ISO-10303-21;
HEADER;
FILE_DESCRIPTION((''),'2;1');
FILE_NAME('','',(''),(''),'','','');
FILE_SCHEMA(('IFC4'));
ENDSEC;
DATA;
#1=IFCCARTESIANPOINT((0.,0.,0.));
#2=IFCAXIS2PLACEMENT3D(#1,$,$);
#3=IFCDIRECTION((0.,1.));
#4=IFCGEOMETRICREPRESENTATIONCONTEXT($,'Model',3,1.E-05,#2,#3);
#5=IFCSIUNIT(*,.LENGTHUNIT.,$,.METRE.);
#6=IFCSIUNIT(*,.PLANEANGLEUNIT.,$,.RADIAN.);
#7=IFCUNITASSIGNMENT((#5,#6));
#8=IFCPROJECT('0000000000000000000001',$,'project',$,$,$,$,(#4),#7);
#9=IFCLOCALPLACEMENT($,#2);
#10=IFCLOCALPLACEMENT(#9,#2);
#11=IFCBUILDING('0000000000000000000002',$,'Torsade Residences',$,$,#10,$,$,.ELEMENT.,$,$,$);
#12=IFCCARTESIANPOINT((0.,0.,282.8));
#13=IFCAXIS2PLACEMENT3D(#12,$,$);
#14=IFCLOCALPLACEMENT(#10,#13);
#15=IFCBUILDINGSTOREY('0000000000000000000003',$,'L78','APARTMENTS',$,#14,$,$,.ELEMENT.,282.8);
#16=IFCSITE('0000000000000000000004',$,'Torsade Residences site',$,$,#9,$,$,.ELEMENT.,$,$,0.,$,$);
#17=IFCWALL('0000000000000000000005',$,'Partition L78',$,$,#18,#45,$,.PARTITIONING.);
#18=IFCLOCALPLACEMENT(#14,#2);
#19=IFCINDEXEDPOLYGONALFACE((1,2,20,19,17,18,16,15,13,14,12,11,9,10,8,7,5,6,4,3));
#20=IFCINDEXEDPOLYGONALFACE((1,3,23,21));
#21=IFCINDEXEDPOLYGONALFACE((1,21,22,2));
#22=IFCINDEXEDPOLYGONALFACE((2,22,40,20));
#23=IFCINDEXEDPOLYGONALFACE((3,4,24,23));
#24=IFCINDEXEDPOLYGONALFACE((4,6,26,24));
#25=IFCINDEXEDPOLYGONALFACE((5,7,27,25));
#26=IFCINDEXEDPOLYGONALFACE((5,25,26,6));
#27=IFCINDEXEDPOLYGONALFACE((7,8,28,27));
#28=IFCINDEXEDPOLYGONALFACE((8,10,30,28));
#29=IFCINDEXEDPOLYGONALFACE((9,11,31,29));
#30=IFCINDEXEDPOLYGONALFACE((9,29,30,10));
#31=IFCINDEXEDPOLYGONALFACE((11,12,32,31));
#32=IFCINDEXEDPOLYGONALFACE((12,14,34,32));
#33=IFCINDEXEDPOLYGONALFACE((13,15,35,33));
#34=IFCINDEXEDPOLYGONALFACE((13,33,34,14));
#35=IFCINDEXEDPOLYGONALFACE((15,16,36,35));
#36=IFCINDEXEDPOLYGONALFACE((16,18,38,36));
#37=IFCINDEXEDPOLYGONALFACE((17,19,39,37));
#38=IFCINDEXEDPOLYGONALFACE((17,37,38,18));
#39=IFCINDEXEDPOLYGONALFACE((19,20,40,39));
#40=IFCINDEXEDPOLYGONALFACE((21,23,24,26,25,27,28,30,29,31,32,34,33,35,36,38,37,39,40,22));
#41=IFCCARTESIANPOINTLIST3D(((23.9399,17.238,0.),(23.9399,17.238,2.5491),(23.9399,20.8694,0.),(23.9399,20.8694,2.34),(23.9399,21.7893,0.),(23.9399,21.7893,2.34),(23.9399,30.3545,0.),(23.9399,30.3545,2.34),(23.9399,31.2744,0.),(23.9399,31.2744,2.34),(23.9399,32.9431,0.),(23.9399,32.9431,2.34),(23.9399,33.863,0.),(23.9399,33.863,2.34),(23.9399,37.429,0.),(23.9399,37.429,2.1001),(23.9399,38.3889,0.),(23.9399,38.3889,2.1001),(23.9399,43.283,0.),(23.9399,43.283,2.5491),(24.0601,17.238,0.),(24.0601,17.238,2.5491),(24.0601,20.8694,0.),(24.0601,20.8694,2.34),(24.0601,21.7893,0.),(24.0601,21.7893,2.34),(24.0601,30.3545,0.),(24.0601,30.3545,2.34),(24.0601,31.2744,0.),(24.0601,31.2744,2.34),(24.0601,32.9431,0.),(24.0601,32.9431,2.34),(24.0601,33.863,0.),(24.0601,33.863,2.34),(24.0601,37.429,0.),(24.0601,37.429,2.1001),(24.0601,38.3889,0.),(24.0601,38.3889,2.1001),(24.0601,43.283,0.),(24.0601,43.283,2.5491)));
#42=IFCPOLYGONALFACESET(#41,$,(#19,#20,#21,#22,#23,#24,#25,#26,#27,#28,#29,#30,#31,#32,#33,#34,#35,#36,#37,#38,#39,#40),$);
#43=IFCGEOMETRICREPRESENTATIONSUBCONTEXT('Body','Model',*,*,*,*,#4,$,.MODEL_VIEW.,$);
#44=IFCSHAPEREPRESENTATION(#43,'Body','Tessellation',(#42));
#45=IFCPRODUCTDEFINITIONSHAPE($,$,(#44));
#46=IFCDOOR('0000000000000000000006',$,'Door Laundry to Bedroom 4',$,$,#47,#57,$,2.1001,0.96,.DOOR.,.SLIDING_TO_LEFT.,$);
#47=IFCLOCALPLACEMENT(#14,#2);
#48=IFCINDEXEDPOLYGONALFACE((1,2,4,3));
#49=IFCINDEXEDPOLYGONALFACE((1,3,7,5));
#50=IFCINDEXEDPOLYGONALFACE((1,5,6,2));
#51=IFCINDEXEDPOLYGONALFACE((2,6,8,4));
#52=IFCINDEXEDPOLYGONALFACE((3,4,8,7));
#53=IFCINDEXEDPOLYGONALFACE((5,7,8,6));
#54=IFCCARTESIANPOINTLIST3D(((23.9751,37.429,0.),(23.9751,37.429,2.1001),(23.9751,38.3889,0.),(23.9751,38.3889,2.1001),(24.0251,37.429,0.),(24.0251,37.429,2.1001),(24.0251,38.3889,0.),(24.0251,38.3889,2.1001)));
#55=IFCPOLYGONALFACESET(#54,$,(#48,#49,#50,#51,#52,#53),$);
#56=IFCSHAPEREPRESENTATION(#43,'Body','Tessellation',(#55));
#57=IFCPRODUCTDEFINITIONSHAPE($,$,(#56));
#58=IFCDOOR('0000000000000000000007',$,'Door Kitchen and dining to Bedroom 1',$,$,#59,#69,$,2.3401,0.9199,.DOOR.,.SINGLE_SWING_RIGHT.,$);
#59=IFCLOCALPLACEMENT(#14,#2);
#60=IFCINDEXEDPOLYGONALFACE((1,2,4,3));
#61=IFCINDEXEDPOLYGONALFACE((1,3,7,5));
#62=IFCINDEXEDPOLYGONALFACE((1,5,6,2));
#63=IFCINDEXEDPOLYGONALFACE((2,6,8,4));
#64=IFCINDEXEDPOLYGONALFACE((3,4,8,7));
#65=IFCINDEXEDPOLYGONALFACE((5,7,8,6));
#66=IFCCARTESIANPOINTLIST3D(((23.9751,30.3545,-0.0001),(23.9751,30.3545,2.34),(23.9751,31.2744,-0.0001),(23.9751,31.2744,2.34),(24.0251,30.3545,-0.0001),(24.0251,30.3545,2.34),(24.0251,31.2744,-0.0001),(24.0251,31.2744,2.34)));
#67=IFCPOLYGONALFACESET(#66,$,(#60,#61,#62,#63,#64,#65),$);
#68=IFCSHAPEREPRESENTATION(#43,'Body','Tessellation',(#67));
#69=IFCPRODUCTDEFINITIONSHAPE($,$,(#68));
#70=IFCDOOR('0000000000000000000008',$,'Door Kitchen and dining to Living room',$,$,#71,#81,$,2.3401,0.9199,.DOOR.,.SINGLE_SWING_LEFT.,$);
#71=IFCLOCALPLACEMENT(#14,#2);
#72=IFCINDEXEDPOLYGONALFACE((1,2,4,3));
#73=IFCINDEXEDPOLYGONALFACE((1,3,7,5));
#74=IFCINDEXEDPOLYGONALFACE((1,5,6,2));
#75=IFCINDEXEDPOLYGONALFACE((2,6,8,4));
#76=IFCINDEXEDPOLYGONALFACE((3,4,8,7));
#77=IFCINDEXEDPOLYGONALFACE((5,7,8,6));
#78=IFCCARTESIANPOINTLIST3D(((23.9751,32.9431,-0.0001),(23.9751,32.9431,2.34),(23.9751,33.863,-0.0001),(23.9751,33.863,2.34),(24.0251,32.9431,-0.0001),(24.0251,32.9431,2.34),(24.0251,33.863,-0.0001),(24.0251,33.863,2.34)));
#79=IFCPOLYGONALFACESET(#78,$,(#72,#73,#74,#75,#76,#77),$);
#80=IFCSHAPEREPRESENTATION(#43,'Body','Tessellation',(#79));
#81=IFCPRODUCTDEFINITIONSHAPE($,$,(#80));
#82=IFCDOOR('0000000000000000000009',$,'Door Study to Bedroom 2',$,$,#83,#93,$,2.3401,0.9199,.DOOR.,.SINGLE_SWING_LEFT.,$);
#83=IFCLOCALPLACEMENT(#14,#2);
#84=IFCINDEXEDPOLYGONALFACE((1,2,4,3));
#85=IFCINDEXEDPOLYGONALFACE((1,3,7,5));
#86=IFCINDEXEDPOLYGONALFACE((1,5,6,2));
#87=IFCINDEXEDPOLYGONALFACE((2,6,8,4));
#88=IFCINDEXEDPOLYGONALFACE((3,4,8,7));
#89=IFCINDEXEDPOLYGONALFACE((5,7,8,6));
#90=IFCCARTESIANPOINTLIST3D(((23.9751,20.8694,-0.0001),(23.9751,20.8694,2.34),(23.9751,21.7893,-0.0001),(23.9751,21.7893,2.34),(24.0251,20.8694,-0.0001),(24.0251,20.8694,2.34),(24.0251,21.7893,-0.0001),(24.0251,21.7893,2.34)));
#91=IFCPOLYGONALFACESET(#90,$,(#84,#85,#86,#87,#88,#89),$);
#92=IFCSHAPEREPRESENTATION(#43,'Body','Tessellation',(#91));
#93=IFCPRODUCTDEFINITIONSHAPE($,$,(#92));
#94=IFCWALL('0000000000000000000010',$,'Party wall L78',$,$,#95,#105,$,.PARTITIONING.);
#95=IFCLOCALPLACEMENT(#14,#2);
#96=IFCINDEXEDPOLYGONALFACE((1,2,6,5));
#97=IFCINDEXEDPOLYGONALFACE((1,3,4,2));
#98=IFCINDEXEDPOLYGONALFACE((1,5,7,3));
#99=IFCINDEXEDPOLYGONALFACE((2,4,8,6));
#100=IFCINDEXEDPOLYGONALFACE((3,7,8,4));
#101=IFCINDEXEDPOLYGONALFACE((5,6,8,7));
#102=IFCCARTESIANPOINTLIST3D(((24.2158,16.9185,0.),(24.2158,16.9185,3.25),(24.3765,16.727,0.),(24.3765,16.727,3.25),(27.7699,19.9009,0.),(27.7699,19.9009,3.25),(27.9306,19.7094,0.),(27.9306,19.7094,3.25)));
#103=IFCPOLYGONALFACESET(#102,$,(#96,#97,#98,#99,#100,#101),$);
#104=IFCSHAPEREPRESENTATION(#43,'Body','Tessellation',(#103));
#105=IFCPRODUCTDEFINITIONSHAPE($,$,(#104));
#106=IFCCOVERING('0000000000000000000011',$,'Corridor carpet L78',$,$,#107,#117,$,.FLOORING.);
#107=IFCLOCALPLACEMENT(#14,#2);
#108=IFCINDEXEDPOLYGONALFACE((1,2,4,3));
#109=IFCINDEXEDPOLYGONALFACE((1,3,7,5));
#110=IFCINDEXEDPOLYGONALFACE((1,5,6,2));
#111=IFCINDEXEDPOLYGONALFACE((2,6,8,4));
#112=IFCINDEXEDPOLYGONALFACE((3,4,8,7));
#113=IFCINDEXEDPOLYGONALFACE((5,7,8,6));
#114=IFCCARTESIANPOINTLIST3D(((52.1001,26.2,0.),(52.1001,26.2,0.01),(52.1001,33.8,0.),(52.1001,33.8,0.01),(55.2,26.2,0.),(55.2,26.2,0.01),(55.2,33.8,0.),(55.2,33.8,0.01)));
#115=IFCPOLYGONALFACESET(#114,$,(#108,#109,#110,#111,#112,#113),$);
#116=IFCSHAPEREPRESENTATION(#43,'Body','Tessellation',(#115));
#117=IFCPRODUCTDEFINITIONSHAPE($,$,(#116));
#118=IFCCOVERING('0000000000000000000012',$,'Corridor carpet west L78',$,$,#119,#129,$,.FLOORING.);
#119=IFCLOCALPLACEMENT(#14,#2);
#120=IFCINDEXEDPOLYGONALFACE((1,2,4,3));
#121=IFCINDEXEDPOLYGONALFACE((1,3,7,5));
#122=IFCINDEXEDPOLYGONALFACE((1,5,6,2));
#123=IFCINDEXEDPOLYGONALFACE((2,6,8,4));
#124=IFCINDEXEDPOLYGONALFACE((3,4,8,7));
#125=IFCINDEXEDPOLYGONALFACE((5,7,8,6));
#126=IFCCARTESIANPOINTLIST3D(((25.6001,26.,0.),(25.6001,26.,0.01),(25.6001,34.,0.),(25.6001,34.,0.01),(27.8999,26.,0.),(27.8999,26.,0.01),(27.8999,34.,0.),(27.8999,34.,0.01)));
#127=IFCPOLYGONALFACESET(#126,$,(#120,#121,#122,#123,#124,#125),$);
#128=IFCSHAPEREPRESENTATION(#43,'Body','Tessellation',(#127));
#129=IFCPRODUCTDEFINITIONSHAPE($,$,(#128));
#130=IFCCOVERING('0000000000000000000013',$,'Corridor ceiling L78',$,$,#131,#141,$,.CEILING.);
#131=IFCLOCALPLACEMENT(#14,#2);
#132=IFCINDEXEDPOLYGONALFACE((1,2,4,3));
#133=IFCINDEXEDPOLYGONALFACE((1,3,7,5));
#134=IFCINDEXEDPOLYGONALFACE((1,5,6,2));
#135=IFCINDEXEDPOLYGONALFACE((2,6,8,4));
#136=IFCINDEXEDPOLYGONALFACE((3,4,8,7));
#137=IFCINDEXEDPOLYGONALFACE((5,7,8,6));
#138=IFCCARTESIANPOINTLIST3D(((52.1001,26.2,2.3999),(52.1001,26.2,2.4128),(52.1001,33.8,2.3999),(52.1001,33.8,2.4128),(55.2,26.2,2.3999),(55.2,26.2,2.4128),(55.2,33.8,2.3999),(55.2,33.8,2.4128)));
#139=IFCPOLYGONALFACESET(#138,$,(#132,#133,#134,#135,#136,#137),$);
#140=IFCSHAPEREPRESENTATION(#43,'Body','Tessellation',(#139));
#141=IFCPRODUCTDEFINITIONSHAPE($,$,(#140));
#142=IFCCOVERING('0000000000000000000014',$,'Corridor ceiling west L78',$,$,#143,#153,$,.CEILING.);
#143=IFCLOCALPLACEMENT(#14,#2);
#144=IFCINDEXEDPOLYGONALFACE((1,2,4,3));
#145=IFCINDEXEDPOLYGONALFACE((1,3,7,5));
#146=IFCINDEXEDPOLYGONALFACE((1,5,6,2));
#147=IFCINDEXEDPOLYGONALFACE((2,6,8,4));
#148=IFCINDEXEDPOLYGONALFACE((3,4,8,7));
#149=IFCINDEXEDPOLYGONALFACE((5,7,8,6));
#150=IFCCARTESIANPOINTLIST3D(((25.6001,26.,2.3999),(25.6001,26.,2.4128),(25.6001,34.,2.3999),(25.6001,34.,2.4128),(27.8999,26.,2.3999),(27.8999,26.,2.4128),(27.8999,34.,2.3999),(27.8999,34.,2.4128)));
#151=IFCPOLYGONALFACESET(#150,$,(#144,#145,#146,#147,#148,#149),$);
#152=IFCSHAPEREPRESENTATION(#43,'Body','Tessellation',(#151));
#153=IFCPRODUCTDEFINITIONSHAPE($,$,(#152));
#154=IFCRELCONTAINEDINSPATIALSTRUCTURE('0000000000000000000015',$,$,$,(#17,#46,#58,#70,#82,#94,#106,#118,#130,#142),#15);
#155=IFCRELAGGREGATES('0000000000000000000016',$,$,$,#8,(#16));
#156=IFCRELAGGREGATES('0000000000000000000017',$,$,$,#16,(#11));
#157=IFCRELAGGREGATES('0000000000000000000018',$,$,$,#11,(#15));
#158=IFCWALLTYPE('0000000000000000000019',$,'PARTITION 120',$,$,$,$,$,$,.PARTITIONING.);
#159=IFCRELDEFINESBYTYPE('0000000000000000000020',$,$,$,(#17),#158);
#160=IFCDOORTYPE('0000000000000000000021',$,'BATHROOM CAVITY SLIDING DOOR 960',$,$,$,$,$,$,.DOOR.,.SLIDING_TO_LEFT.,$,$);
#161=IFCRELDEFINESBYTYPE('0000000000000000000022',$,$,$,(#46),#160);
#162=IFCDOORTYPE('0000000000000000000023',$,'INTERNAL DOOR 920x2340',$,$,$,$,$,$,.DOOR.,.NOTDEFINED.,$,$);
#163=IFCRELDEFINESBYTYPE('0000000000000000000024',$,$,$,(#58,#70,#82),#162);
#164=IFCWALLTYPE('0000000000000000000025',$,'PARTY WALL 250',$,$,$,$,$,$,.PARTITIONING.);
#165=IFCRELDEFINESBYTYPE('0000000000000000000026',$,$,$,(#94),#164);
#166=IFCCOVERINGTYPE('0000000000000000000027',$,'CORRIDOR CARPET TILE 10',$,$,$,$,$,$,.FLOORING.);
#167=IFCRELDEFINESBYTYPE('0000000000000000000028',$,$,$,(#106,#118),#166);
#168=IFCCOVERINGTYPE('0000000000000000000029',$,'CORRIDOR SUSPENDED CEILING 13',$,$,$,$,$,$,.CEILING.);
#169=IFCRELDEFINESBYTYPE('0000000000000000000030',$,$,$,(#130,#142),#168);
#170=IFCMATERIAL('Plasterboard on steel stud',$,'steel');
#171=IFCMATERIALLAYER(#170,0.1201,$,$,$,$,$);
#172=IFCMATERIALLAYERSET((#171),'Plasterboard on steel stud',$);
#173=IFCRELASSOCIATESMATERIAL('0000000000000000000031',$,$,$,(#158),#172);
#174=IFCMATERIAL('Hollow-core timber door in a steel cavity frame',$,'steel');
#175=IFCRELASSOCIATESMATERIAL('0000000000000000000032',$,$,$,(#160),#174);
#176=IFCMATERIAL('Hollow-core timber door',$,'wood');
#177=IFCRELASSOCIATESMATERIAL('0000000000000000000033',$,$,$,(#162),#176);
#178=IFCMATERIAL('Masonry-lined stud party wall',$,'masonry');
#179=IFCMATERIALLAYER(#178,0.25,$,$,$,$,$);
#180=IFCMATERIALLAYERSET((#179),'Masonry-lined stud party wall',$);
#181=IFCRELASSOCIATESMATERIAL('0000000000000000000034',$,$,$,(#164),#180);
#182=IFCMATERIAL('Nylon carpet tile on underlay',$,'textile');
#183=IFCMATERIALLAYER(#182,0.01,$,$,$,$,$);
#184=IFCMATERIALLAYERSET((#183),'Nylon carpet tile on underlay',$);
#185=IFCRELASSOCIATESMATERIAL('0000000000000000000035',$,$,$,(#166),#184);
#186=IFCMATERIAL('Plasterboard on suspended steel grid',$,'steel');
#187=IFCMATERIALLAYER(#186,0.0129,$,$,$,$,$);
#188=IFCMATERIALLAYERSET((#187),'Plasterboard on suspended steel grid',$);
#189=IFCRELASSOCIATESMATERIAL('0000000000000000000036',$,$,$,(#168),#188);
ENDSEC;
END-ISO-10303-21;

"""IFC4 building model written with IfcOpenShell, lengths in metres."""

from ifc_helpers import new_model, si_unit, direction, frame, frame_2d, origin, place, context, subcontext, project, spatial, polyline, rectangle, outline, extrude, material, layer, layer_set, type_object, element, fill, save


model = new_model("IFC4")

# Units and contexts
model_context = context("Model", 3, precision=1e-05, world=origin(), true_north=direction((0.0, 1.0)))
body_context = subcontext(model_context, "Body", "Model", "MODEL_VIEW")
ifc_project = project(units=[si_unit("LENGTHUNIT", "METRE"), si_unit("PLANEANGLEUNIT", "RADIAN")], contexts=[model_context])

# Site, building, storey
site_placement = place(None, origin())
site = spatial("IfcSite", under=ifc_project, at=site_placement, Name="Torsade Residences site", CompositionType="ELEMENT", RefElevation=0.0)
building_placement = place(site_placement, origin())
building = spatial("IfcBuilding", under=site, at=building_placement, Name="Torsade Residences", CompositionType="ELEMENT")
storey_placement = place(building_placement, frame((0.0, 0.0, 282.8)))
storey = spatial("IfcBuildingStorey", under=building, at=storey_placement, Name="L78", Description="APARTMENTS", CompositionType="ELEMENT", Elevation=282.8)

# Wall, openings, doors
ifc_material_1 = material(Name="Plasterboard on steel stud", Category="steel")
ifc_layer_1 = layer(ifc_material_1, 0.1201)
ifc_layer_set_1 = layer_set([ifc_layer_1], Name="Plasterboard on steel stud")
wall_type_1 = type_object("IfcWallType", Name="PARTITION 120", PredefinedType="PARTITIONING", material=ifc_layer_set_1)
wall_1_placement = place(storey_placement, frame((24.0, 17.238, 0.0), z_axis=(0.0, 0.0, 1.0), x_axis=(0.0, 1.0, 0.0)))
wall_1 = element("IfcWall", 1, at=wall_1_placement, inside=storey, type_object=wall_type_1, Name="Partition L78", PredefinedType="PARTITIONING", context=body_context, shape_type="SweptSolid", body=[
    extrude(rectangle(XDim=26.0449, YDim=0.1201, at=frame_2d((13.0225, 0.0))), origin(), (0.0, 0.0, 1.0), 2.5491),
])
opening_1_placement = place(wall_1_placement, frame((13.1165, 0.0, 0.0)))
opening_1 = element("IfcOpeningElement", 2, at=opening_1_placement, cuts=wall_1, PredefinedType="OPENING", context=body_context, shape_type="SweptSolid", body=[
    extrude(rectangle(XDim=0.9199, YDim=2.3401, at=frame_2d((0.46, 1.1699))), frame((0.0, 0.0701, 0.0), z_axis=(0.0, -1.0, 0.0), x_axis=(1.0, 0.0, 0.0)), (0.0, 0.0, 1.0), 0.1401),
])
opening_2_placement = place(wall_1_placement, frame((15.7051, 0.0, 0.0)))
opening_2 = element("IfcOpeningElement", 3, at=opening_2_placement, cuts=wall_1, PredefinedType="OPENING", context=body_context, shape_type="SweptSolid", body=[
    extrude(rectangle(XDim=0.9199, YDim=2.3401, at=frame_2d((0.46, 1.1699))), frame((0.0, 0.0701, 0.0), z_axis=(0.0, -1.0, 0.0), x_axis=(1.0, 0.0, 0.0)), (0.0, 0.0, 1.0), 0.1401),
])
opening_3_placement = place(wall_1_placement, frame((20.1909, 0.0, 0.0)))
opening_3 = element("IfcOpeningElement", 4, at=opening_3_placement, cuts=wall_1, PredefinedType="OPENING", context=body_context, shape_type="SweptSolid", body=[
    extrude(rectangle(XDim=0.96, YDim=2.1001, at=frame_2d((0.48, 1.05))), frame((0.0, 0.0701, 0.0), z_axis=(0.0, -1.0, 0.0), x_axis=(1.0, 0.0, 0.0)), (0.0, 0.0, 1.0), 0.1401),
])
opening_4_placement = place(wall_1_placement, frame((3.6313, 0.0, 0.0)))
opening_4 = element("IfcOpeningElement", 5, at=opening_4_placement, cuts=wall_1, PredefinedType="OPENING", context=body_context, shape_type="SweptSolid", body=[
    extrude(rectangle(XDim=0.9199, YDim=2.3401, at=frame_2d((0.46, 1.1699))), frame((0.0, 0.0701, 0.0), z_axis=(0.0, -1.0, 0.0), x_axis=(1.0, 0.0, 0.0)), (0.0, 0.0, 1.0), 0.1401),
])
ifc_material_2 = material(Name="Hollow-core timber door in a steel cavity frame", Category="steel")
door_type_1 = type_object("IfcDoorType", Name="BATHROOM CAVITY SLIDING DOOR 960", OperationType="SLIDING_TO_LEFT", PredefinedType="DOOR", material=ifc_material_2)
door_1_placement = place(opening_3_placement, origin())
door_1 = element("IfcDoor", 6, at=door_1_placement, inside=storey, type_object=door_type_1, Name="Door Laundry to Bedroom 4", OperationType="SLIDING_TO_LEFT", OverallHeight=2.1001, OverallWidth=0.96, PredefinedType="DOOR", context=body_context, shape_type="SweptSolid", body=[
    extrude(rectangle(XDim=0.96, YDim=2.1001, at=frame_2d((0.48, 1.05))), frame((0.0, 0.0249, 0.0), z_axis=(0.0, -1.0, 0.0), x_axis=(1.0, 0.0, 0.0)), (0.0, 0.0, 1.0), 0.05),
])
fill(opening_3, door_1)
ifc_material_3 = material(Name="Hollow-core timber door", Category="wood")
door_type_2 = type_object("IfcDoorType", Name="INTERNAL DOOR 920x2340", OperationType="NOTDEFINED", PredefinedType="DOOR", material=ifc_material_3)
door_2_placement = place(opening_1_placement, origin())
door_2 = element("IfcDoor", 7, at=door_2_placement, inside=storey, type_object=door_type_2, Name="Door Kitchen and dining to Bedroom 1", OperationType="SINGLE_SWING_RIGHT", OverallHeight=2.3401, OverallWidth=0.9199, PredefinedType="DOOR", context=body_context, shape_type="SweptSolid", body=[
    extrude(rectangle(XDim=0.9199, YDim=2.3401, at=frame_2d((0.46, 1.1699))), frame((0.0, 0.0249, 0.0), z_axis=(0.0, -1.0, 0.0), x_axis=(1.0, 0.0, 0.0)), (0.0, 0.0, 1.0), 0.05),
])
fill(opening_1, door_2)
door_3_placement = place(opening_2_placement, origin())
door_3 = element("IfcDoor", 8, at=door_3_placement, inside=storey, type_object=door_type_2, Name="Door Kitchen and dining to Living room", OperationType="SINGLE_SWING_LEFT", OverallHeight=2.3401, OverallWidth=0.9199, PredefinedType="DOOR", context=body_context, shape_type="SweptSolid", body=[
    extrude(rectangle(XDim=0.9199, YDim=2.3401, at=frame_2d((0.46, 1.1699))), frame((0.0, 0.0249, 0.0), z_axis=(0.0, -1.0, 0.0), x_axis=(1.0, 0.0, 0.0)), (0.0, 0.0, 1.0), 0.05),
])
fill(opening_2, door_3)
door_4_placement = place(opening_4_placement, origin())
door_4 = element("IfcDoor", 9, at=door_4_placement, inside=storey, type_object=door_type_2, Name="Door Study to Bedroom 2", OperationType="SINGLE_SWING_LEFT", OverallHeight=2.3401, OverallWidth=0.9199, PredefinedType="DOOR", context=body_context, shape_type="SweptSolid", body=[
    extrude(rectangle(XDim=0.9199, YDim=2.3401, at=frame_2d((0.46, 1.1699))), frame((0.0, 0.0249, 0.0), z_axis=(0.0, -1.0, 0.0), x_axis=(1.0, 0.0, 0.0)), (0.0, 0.0, 1.0), 0.05),
])
fill(opening_4, door_4)

# Wall
ifc_material_4 = material(Name="Masonry-lined stud party wall", Category="masonry")
ifc_layer_2 = layer(ifc_material_4, 0.25)
ifc_layer_set_2 = layer_set([ifc_layer_2], Name="Masonry-lined stud party wall")
wall_type_2 = type_object("IfcWallType", Name="PARTY WALL 250", PredefinedType="PARTITIONING", material=ifc_layer_set_2)
wall_2_placement = place(storey_placement, frame((24.2961, 16.8228, 0.0), z_axis=(0.0, 0.0, 1.0), x_axis=(0.766034, 0.6428, 0.0)))
element("IfcWall", 10, at=wall_2_placement, inside=storey, type_object=wall_type_2, Name="Party wall L78", PredefinedType="PARTITIONING", context=body_context, shape_type="SweptSolid", body=[
    extrude(rectangle(XDim=4.6396, YDim=0.25, at=frame_2d((2.3198, 0.0))), origin(), (0.0, 0.0, 1.0), 3.25),
])

# Coverings
ifc_material_5 = material(Name="Nylon carpet tile on underlay", Category="textile")
ifc_layer_3 = layer(ifc_material_5, 0.01)
ifc_layer_set_3 = layer_set([ifc_layer_3], Name="Nylon carpet tile on underlay")
covering_type_1 = type_object("IfcCoveringType", Name="CORRIDOR CARPET TILE 10", PredefinedType="FLOORING", material=ifc_layer_set_3)
covering_1_placement = place(storey_placement, origin())
element("IfcCovering", 11, at=covering_1_placement, inside=storey, type_object=covering_type_1, Name="Corridor carpet L78", PredefinedType="FLOORING", context=body_context, shape_type="SweptSolid", body=[
    extrude(outline(polyline([(55.2, 26.2), (55.2, 33.8), (52.1001, 33.8), (52.1001, 26.2), (55.2, 26.2)])), origin(), (0.0, 0.0, 1.0), 0.01),
])
covering_2_placement = place(storey_placement, origin())
element("IfcCovering", 12, at=covering_2_placement, inside=storey, type_object=covering_type_1, Name="Corridor carpet west L78", PredefinedType="FLOORING", context=body_context, shape_type="SweptSolid", body=[
    extrude(outline(polyline([(27.8999, 26.0), (27.8999, 34.0), (25.6001, 34.0), (25.6001, 26.0), (27.8999, 26.0)])), origin(), (0.0, 0.0, 1.0), 0.01),
])
ifc_material_6 = material(Name="Plasterboard on suspended steel grid", Category="steel")
ifc_layer_4 = layer(ifc_material_6, 0.0129)
ifc_layer_set_4 = layer_set([ifc_layer_4], Name="Plasterboard on suspended steel grid")
covering_type_2 = type_object("IfcCoveringType", Name="CORRIDOR SUSPENDED CEILING 13", PredefinedType="CEILING", material=ifc_layer_set_4)
covering_3_placement = place(storey_placement, frame((0.0, 0.0, 2.3999)))
element("IfcCovering", 13, at=covering_3_placement, inside=storey, type_object=covering_type_2, Name="Corridor ceiling L78", PredefinedType="CEILING", context=body_context, shape_type="SweptSolid", body=[
    extrude(outline(polyline([(55.2, 26.2), (55.2, 33.8), (52.1001, 33.8), (52.1001, 26.2), (55.2, 26.2)])), origin(), (0.0, 0.0, 1.0), 0.0129),
])
covering_4_placement = place(storey_placement, frame((0.0, 0.0, 2.3999)))
element("IfcCovering", 14, at=covering_4_placement, inside=storey, type_object=covering_type_2, Name="Corridor ceiling west L78", PredefinedType="CEILING", context=body_context, shape_type="SweptSolid", body=[
    extrude(outline(polyline([(27.8999, 26.0), (27.8999, 34.0), (25.6001, 34.0), (25.6001, 26.0), (27.8999, 26.0)])), origin(), (0.0, 0.0, 1.0), 0.0129),
])

save(model, "model.ifc")
